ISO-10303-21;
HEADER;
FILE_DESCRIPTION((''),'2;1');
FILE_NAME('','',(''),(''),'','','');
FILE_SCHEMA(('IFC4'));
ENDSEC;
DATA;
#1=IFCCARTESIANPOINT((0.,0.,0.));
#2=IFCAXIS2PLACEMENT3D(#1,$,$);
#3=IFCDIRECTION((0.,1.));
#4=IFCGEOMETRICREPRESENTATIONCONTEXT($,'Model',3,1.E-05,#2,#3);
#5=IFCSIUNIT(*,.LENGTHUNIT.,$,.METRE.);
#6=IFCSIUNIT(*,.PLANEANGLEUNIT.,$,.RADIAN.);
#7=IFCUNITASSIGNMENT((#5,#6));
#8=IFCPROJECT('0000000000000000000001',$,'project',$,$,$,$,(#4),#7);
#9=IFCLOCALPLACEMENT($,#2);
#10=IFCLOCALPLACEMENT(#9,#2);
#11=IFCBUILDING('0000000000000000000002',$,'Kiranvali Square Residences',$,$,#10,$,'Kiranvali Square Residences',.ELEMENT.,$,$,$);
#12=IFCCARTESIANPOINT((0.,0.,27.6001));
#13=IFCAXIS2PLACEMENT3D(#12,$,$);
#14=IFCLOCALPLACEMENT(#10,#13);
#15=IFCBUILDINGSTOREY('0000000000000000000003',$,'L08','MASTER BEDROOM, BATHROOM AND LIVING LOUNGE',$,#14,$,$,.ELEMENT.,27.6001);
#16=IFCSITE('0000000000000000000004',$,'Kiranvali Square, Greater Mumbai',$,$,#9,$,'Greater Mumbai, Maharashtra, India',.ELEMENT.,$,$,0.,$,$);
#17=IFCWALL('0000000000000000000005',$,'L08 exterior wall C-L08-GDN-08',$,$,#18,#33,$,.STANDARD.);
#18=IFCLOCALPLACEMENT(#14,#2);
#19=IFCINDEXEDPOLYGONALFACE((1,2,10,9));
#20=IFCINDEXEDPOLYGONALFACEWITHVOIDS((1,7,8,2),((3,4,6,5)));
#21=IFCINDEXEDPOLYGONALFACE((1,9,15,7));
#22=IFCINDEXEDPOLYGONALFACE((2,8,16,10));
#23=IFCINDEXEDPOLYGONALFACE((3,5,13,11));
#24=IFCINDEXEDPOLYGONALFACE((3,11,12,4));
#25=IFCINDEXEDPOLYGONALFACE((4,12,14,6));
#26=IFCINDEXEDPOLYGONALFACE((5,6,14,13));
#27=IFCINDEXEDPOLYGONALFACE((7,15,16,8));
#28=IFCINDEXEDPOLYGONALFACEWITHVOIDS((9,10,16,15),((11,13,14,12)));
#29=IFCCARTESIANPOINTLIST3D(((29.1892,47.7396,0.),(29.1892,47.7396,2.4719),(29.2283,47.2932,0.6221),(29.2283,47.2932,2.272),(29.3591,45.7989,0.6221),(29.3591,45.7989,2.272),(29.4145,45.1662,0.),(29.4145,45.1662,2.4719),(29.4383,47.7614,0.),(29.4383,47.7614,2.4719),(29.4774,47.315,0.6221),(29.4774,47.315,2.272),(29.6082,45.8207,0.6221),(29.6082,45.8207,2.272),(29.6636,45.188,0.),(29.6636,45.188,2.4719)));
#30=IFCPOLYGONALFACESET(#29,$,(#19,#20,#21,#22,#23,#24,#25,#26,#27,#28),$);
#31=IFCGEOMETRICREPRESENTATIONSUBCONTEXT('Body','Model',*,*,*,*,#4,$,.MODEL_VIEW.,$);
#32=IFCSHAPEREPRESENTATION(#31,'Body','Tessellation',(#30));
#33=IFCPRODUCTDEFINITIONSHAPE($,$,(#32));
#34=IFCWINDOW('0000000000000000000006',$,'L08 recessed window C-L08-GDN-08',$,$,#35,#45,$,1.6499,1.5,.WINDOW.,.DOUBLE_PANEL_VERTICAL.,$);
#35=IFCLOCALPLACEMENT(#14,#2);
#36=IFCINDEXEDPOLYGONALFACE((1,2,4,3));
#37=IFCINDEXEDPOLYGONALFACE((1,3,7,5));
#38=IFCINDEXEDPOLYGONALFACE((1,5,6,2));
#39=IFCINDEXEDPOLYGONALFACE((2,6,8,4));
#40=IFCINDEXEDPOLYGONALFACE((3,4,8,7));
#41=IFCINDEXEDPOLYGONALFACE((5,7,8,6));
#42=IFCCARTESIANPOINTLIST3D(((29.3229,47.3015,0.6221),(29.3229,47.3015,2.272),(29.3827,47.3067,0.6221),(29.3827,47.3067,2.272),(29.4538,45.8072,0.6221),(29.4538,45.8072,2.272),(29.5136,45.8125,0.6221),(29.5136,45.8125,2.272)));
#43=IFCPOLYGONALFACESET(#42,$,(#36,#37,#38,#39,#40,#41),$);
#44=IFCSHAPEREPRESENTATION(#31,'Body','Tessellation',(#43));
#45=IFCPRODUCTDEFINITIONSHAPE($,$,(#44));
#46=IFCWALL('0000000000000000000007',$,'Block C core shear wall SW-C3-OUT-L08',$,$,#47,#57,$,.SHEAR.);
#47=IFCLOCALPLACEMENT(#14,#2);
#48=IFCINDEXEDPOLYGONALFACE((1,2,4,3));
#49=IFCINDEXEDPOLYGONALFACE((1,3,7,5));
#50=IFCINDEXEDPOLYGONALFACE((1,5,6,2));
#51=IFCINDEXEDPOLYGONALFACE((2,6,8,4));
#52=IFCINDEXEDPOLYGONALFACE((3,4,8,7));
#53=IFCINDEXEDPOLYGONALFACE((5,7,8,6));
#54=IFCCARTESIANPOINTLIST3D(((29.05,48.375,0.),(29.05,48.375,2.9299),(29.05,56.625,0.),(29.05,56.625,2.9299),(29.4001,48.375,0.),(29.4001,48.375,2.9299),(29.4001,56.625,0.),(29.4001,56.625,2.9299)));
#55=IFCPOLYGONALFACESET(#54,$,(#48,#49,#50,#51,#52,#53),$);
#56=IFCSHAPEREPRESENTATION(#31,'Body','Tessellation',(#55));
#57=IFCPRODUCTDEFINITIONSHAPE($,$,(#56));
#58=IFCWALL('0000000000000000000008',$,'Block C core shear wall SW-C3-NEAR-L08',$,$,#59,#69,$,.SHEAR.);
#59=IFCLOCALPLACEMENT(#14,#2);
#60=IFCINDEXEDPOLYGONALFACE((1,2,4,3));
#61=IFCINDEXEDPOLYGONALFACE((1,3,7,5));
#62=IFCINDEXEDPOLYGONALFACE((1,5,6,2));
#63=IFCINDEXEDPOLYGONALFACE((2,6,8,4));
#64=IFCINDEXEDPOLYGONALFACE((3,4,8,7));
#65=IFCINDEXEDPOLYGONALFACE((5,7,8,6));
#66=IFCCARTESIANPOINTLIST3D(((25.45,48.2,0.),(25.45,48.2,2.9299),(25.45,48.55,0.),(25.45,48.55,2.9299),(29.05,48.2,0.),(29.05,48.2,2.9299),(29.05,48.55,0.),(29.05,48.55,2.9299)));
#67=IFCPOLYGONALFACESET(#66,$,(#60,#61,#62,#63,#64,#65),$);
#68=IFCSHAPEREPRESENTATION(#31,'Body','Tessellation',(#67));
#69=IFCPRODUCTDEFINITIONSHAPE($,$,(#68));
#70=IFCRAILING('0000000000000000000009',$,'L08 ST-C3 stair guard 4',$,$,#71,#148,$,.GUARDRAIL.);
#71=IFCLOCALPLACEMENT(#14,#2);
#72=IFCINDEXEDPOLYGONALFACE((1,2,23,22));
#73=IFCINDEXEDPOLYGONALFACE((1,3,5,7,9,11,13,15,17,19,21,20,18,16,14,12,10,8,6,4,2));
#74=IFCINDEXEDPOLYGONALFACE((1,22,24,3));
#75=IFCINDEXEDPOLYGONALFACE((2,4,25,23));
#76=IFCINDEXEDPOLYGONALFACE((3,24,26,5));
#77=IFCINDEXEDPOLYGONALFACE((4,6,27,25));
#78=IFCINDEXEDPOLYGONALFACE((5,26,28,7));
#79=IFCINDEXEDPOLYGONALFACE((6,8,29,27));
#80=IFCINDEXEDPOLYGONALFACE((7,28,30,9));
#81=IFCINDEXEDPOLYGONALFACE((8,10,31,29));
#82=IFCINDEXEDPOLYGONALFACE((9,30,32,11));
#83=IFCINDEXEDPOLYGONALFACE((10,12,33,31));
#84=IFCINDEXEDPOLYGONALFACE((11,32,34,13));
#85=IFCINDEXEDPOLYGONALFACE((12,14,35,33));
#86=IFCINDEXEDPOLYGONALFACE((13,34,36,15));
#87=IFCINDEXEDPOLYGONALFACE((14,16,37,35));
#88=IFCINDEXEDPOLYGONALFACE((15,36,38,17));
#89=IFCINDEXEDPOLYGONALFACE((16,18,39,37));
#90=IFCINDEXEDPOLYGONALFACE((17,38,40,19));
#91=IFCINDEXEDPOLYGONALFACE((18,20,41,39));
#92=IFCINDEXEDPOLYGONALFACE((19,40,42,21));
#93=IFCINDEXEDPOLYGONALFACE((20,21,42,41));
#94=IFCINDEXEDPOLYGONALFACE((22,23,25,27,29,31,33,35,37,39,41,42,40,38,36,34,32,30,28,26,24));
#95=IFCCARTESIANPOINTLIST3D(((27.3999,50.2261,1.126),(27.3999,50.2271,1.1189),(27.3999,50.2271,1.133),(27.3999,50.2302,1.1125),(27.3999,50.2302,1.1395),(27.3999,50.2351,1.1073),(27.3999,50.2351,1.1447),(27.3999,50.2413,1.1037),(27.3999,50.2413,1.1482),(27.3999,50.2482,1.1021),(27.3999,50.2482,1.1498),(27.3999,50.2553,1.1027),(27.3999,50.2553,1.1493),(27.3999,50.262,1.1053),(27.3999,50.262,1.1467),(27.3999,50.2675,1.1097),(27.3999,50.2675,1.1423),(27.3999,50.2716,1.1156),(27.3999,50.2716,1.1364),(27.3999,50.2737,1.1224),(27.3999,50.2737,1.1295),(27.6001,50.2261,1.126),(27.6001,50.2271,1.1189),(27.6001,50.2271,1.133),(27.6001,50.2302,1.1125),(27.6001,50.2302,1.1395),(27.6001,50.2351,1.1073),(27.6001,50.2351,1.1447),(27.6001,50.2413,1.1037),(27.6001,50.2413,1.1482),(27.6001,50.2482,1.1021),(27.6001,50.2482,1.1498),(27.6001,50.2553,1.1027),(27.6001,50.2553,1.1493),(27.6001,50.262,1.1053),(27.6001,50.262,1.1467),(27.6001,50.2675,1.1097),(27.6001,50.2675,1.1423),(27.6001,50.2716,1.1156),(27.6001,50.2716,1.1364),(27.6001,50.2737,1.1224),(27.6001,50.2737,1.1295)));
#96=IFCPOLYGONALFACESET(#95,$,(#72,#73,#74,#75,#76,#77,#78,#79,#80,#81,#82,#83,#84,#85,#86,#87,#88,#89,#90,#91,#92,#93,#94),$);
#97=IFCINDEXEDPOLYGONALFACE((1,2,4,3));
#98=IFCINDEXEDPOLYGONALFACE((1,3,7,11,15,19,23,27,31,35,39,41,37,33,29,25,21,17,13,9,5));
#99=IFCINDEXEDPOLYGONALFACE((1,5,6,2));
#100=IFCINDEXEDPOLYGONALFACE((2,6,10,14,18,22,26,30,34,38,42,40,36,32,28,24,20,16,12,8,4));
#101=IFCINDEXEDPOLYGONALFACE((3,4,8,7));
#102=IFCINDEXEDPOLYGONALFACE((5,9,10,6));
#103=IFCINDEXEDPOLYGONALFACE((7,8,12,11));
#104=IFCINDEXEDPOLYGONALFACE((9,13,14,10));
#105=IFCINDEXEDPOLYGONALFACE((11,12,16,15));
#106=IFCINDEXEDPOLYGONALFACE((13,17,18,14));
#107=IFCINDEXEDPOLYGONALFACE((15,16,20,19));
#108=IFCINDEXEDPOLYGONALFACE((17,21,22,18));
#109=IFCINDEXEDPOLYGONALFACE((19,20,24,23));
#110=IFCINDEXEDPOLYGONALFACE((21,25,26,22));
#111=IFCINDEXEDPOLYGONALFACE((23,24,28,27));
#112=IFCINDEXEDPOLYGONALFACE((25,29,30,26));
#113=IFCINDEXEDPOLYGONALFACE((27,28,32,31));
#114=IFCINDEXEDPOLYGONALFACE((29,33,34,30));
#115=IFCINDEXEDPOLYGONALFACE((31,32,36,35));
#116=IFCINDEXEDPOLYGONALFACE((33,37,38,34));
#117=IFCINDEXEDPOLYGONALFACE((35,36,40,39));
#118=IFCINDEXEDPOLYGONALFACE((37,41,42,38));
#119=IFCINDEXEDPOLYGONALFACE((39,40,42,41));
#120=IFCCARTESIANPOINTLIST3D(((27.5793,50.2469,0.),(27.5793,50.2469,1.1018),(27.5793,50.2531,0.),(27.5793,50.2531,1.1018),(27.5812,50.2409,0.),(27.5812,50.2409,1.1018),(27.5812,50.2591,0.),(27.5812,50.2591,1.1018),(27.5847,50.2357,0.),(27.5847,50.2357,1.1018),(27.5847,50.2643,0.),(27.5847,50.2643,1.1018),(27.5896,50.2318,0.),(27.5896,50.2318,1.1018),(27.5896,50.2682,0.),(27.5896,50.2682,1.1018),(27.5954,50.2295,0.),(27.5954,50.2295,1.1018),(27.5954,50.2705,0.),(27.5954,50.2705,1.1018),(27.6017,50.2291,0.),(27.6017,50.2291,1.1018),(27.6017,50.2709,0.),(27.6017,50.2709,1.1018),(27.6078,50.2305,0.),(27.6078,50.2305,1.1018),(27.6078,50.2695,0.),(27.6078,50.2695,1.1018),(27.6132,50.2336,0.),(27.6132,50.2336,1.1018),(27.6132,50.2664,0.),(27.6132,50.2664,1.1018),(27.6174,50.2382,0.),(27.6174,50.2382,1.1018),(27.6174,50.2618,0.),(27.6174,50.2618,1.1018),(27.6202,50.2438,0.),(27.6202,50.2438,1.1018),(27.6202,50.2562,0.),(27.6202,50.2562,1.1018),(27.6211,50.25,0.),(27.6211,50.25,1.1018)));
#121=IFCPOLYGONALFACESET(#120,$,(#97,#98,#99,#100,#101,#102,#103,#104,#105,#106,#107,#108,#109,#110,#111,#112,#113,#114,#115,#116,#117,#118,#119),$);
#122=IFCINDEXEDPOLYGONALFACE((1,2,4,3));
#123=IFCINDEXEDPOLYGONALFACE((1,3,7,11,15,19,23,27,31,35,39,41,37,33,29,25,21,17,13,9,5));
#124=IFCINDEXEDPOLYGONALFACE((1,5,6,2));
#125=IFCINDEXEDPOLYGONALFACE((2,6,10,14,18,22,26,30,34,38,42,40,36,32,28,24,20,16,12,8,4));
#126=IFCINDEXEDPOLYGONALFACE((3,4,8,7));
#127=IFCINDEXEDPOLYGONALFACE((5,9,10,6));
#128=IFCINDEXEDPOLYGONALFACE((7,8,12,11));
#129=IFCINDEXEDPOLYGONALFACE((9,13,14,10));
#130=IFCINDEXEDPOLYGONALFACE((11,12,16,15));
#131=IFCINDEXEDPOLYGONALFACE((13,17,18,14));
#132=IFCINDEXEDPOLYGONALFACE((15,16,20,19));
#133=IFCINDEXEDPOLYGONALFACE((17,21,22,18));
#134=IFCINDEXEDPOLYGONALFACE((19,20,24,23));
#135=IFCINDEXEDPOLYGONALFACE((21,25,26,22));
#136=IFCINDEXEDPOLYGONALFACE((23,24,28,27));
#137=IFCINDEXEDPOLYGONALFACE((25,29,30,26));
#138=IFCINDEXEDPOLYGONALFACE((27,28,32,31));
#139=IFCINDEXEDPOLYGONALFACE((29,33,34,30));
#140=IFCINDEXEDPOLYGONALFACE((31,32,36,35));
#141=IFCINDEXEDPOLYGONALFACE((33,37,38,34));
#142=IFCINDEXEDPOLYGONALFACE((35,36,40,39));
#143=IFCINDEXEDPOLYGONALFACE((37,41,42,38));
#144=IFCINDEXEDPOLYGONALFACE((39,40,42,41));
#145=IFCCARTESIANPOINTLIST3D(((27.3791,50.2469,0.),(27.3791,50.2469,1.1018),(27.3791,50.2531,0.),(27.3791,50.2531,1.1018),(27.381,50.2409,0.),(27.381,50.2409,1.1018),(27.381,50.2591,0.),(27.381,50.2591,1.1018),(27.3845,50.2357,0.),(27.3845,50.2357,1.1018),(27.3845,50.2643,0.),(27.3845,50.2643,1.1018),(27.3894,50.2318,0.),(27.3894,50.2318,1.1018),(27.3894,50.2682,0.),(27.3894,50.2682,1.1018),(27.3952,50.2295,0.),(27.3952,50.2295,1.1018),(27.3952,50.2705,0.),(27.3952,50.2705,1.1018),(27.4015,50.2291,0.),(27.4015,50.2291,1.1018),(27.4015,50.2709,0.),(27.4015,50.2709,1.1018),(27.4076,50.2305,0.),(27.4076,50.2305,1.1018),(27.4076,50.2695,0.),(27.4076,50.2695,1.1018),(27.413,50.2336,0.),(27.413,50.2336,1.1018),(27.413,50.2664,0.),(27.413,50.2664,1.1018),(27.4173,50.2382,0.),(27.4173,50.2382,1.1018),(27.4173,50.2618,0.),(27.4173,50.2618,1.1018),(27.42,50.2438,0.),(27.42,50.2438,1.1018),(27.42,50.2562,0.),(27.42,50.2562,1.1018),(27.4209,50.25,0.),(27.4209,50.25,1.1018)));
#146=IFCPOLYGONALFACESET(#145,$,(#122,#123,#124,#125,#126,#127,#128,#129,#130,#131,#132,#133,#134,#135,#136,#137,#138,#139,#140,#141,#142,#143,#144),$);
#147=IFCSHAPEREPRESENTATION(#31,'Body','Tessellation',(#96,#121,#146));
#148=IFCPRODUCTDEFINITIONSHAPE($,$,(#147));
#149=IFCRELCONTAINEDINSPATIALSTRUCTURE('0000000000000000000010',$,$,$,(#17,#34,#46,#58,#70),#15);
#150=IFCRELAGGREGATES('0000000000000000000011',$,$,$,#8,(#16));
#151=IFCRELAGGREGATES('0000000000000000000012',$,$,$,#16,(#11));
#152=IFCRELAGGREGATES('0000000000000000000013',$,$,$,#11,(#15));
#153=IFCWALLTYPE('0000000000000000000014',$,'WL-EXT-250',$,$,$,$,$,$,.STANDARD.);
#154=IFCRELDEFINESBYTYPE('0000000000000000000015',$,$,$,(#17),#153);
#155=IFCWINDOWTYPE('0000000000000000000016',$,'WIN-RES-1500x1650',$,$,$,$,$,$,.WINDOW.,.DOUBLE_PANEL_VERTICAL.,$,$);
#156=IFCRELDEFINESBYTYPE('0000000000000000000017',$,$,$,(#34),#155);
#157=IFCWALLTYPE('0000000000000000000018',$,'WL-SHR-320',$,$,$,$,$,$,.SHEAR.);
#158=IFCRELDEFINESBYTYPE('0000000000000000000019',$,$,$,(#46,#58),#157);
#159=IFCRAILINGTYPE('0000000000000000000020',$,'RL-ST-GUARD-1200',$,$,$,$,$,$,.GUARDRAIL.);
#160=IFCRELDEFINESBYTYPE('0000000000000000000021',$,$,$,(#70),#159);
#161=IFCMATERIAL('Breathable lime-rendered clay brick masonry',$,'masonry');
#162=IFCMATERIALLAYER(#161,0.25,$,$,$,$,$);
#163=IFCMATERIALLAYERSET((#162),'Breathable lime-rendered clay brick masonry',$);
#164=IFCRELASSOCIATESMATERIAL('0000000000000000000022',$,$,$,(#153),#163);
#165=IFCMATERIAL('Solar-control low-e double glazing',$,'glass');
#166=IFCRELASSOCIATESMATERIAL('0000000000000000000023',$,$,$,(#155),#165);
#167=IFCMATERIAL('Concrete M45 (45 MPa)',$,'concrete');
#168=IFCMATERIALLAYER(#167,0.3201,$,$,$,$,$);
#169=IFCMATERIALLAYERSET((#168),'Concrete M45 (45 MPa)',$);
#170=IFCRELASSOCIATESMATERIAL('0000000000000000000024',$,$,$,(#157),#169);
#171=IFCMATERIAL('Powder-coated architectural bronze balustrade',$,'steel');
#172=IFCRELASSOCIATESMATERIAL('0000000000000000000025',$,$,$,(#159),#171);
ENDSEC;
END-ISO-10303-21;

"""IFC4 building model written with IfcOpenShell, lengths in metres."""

from ifc_helpers import new_model, si_unit, direction, frame, frame_2d, origin, origin_2d, place, context, subcontext, project, spatial, rectangle, circle, extrude, material, layer, layer_set, type_object, element, fill, save


model = new_model("IFC4")

# Units and contexts
model_context = context("Model", 3, precision=1e-05, world=origin(), true_north=direction((0.0, 1.0)))
body_context = subcontext(model_context, "Body", "Model", "MODEL_VIEW")
ifc_project = project(units=[si_unit("LENGTHUNIT", "METRE"), si_unit("PLANEANGLEUNIT", "RADIAN")], contexts=[model_context])

# Site, building, storey
site_placement = place(None, origin())
site = spatial("IfcSite", under=ifc_project, at=site_placement, Name="Kiranvali Square, Greater Mumbai", LongName="Greater Mumbai, Maharashtra, India", CompositionType="ELEMENT", RefElevation=0.0)
building_placement = place(site_placement, origin())
building = spatial("IfcBuilding", under=site, at=building_placement, Name="Kiranvali Square Residences", LongName="Kiranvali Square Residences", CompositionType="ELEMENT")
storey_placement = place(building_placement, frame((0.0, 0.0, 27.6001)))
storey = spatial("IfcBuildingStorey", under=building, at=storey_placement, Name="L08", Description="MASTER BEDROOM, BATHROOM AND LIVING LOUNGE", CompositionType="ELEMENT", Elevation=27.6001)

# Shared definitions
ifc_material_1 = material(Name="Concrete M45 (45 MPa)", Category="concrete")

# Wall, opening, window
ifc_material_2 = material(Name="Breathable lime-rendered clay brick masonry", Category="masonry")
ifc_layer_1 = layer(ifc_material_2, 0.25)
ifc_layer_set_1 = layer_set([ifc_layer_1], Name="Breathable lime-rendered clay brick masonry")
wall_type_1 = type_object("IfcWallType", Name="WL-EXT-250", PredefinedType="STANDARD", material=ifc_layer_set_1)
wall_1_placement = place(storey_placement, frame((29.5391, 45.1772, 0.0), z_axis=(0.0, 0.0, 1.0), x_axis=(-0.087229, 0.996188, 0.0)))
wall_1 = element("IfcWall", 1, at=wall_1_placement, inside=storey, type_object=wall_type_1, Name="L08 exterior wall C-L08-GDN-08", PredefinedType="STANDARD", context=body_context, shape_type="SweptSolid", body=[
    extrude(rectangle(XDim=2.5833, YDim=0.25, at=frame_2d((1.2915, 0.0))), origin(), (0.0, 0.0, 1.0), 2.4719),
])
opening_1_placement = place(wall_1_placement, frame((0.635, 0.0, 0.6221)))
opening_1 = element("IfcOpeningElement", 2, at=opening_1_placement, cuts=wall_1, PredefinedType="OPENING", context=body_context, shape_type="SweptSolid", body=[
    extrude(rectangle(XDim=1.5, YDim=1.6499, at=frame_2d((0.75, 0.825))), frame((0.0, 0.135, 0.0), z_axis=(0.0, -1.0, 0.0), x_axis=(1.0, 0.0, 0.0)), (0.0, 0.0, 1.0), 0.27),
])
ifc_material_3 = material(Name="Solar-control low-e double glazing", Category="glass")
window_type = type_object("IfcWindowType", Name="WIN-RES-1500x1650", PartitioningType="DOUBLE_PANEL_VERTICAL", PredefinedType="WINDOW", material=ifc_material_3)
window_placement = place(opening_1_placement, origin())
window = element("IfcWindow", 3, at=window_placement, inside=storey, type_object=window_type, Name="L08 recessed window C-L08-GDN-08", OverallHeight=1.6499, OverallWidth=1.5, PartitioningType="DOUBLE_PANEL_VERTICAL", PredefinedType="WINDOW", context=body_context, shape_type="SweptSolid", body=[
    extrude(rectangle(XDim=1.5, YDim=1.6499, at=frame_2d((0.75, 0.825))), frame((0.0, 0.03, 0.0), z_axis=(0.0, -1.0, 0.0), x_axis=(1.0, 0.0, 0.0)), (0.0, 0.0, 1.0), 0.0601),
])
fill(opening_1, window)

# Wall
ifc_layer_2 = layer(ifc_material_1, 0.3201)
ifc_layer_set_2 = layer_set([ifc_layer_2], Name="Concrete M45 (45 MPa)")
wall_type_2 = type_object("IfcWallType", Name="WL-SHR-320", PredefinedType="SHEAR", material=ifc_layer_set_2)
wall_2_placement = place(storey_placement, frame((29.2251, 48.375, 0.0), z_axis=(0.0, 0.0, 1.0), x_axis=(0.0, 1.0, 0.0)))
element("IfcWall", 4, at=wall_2_placement, inside=storey, type_object=wall_type_2, Name="Block C core shear wall SW-C3-OUT-L08", PredefinedType="SHEAR", context=body_context, shape_type="SweptSolid", body=[
    extrude(rectangle(XDim=8.25, YDim=0.3501, at=frame_2d((4.125, 0.0))), origin(), (0.0, 0.0, 1.0), 2.9299),
])

# Wall
wall_3_placement = place(storey_placement, frame((29.05, 48.375, 0.0), z_axis=(0.0, 0.0, 1.0), x_axis=(-1.0, 0.0, 0.0)))
element("IfcWall", 5, at=wall_3_placement, inside=storey, type_object=wall_type_2, Name="Block C core shear wall SW-C3-NEAR-L08", PredefinedType="SHEAR", context=body_context, shape_type="SweptSolid", body=[
    extrude(rectangle(XDim=3.6001, YDim=0.3501, at=frame_2d((1.8, 0.0))), origin(), (0.0, 0.0, 1.0), 2.9299),
])

# Railing
ifc_material_4 = material(Name="Powder-coated architectural bronze balustrade", Category="steel")
railing_type = type_object("IfcRailingType", Name="RL-ST-GUARD-1200", PredefinedType="GUARDRAIL", material=ifc_material_4)
railing_placement = place(storey_placement, frame((27.6001, 50.25, 0.0)))
element("IfcRailing", 6, at=railing_placement, inside=storey, type_object=railing_type, Name="L08 ST-C3 stair guard 4", PredefinedType="GUARDRAIL", context=body_context, shape_type="SweptSolid", body=[
    extrude(circle(Radius=0.0239, at=origin_2d()), frame((0.0, 0.0, 1.126), z_axis=(-1.0, 0.0, 0.0), x_axis=(0.0, -1.0, 0.0)), (0.0, 0.0, 1.0), 0.2002),
    extrude(circle(Radius=0.021, at=origin_2d()), origin(), (0.0, 0.0, 1.0), 1.1018),
    extrude(circle(Radius=0.021, at=origin_2d()), frame((-0.2002, 0.0, 0.0)), (0.0, 0.0, 1.0), 1.1018),
])

save(model, "model.ifc")
